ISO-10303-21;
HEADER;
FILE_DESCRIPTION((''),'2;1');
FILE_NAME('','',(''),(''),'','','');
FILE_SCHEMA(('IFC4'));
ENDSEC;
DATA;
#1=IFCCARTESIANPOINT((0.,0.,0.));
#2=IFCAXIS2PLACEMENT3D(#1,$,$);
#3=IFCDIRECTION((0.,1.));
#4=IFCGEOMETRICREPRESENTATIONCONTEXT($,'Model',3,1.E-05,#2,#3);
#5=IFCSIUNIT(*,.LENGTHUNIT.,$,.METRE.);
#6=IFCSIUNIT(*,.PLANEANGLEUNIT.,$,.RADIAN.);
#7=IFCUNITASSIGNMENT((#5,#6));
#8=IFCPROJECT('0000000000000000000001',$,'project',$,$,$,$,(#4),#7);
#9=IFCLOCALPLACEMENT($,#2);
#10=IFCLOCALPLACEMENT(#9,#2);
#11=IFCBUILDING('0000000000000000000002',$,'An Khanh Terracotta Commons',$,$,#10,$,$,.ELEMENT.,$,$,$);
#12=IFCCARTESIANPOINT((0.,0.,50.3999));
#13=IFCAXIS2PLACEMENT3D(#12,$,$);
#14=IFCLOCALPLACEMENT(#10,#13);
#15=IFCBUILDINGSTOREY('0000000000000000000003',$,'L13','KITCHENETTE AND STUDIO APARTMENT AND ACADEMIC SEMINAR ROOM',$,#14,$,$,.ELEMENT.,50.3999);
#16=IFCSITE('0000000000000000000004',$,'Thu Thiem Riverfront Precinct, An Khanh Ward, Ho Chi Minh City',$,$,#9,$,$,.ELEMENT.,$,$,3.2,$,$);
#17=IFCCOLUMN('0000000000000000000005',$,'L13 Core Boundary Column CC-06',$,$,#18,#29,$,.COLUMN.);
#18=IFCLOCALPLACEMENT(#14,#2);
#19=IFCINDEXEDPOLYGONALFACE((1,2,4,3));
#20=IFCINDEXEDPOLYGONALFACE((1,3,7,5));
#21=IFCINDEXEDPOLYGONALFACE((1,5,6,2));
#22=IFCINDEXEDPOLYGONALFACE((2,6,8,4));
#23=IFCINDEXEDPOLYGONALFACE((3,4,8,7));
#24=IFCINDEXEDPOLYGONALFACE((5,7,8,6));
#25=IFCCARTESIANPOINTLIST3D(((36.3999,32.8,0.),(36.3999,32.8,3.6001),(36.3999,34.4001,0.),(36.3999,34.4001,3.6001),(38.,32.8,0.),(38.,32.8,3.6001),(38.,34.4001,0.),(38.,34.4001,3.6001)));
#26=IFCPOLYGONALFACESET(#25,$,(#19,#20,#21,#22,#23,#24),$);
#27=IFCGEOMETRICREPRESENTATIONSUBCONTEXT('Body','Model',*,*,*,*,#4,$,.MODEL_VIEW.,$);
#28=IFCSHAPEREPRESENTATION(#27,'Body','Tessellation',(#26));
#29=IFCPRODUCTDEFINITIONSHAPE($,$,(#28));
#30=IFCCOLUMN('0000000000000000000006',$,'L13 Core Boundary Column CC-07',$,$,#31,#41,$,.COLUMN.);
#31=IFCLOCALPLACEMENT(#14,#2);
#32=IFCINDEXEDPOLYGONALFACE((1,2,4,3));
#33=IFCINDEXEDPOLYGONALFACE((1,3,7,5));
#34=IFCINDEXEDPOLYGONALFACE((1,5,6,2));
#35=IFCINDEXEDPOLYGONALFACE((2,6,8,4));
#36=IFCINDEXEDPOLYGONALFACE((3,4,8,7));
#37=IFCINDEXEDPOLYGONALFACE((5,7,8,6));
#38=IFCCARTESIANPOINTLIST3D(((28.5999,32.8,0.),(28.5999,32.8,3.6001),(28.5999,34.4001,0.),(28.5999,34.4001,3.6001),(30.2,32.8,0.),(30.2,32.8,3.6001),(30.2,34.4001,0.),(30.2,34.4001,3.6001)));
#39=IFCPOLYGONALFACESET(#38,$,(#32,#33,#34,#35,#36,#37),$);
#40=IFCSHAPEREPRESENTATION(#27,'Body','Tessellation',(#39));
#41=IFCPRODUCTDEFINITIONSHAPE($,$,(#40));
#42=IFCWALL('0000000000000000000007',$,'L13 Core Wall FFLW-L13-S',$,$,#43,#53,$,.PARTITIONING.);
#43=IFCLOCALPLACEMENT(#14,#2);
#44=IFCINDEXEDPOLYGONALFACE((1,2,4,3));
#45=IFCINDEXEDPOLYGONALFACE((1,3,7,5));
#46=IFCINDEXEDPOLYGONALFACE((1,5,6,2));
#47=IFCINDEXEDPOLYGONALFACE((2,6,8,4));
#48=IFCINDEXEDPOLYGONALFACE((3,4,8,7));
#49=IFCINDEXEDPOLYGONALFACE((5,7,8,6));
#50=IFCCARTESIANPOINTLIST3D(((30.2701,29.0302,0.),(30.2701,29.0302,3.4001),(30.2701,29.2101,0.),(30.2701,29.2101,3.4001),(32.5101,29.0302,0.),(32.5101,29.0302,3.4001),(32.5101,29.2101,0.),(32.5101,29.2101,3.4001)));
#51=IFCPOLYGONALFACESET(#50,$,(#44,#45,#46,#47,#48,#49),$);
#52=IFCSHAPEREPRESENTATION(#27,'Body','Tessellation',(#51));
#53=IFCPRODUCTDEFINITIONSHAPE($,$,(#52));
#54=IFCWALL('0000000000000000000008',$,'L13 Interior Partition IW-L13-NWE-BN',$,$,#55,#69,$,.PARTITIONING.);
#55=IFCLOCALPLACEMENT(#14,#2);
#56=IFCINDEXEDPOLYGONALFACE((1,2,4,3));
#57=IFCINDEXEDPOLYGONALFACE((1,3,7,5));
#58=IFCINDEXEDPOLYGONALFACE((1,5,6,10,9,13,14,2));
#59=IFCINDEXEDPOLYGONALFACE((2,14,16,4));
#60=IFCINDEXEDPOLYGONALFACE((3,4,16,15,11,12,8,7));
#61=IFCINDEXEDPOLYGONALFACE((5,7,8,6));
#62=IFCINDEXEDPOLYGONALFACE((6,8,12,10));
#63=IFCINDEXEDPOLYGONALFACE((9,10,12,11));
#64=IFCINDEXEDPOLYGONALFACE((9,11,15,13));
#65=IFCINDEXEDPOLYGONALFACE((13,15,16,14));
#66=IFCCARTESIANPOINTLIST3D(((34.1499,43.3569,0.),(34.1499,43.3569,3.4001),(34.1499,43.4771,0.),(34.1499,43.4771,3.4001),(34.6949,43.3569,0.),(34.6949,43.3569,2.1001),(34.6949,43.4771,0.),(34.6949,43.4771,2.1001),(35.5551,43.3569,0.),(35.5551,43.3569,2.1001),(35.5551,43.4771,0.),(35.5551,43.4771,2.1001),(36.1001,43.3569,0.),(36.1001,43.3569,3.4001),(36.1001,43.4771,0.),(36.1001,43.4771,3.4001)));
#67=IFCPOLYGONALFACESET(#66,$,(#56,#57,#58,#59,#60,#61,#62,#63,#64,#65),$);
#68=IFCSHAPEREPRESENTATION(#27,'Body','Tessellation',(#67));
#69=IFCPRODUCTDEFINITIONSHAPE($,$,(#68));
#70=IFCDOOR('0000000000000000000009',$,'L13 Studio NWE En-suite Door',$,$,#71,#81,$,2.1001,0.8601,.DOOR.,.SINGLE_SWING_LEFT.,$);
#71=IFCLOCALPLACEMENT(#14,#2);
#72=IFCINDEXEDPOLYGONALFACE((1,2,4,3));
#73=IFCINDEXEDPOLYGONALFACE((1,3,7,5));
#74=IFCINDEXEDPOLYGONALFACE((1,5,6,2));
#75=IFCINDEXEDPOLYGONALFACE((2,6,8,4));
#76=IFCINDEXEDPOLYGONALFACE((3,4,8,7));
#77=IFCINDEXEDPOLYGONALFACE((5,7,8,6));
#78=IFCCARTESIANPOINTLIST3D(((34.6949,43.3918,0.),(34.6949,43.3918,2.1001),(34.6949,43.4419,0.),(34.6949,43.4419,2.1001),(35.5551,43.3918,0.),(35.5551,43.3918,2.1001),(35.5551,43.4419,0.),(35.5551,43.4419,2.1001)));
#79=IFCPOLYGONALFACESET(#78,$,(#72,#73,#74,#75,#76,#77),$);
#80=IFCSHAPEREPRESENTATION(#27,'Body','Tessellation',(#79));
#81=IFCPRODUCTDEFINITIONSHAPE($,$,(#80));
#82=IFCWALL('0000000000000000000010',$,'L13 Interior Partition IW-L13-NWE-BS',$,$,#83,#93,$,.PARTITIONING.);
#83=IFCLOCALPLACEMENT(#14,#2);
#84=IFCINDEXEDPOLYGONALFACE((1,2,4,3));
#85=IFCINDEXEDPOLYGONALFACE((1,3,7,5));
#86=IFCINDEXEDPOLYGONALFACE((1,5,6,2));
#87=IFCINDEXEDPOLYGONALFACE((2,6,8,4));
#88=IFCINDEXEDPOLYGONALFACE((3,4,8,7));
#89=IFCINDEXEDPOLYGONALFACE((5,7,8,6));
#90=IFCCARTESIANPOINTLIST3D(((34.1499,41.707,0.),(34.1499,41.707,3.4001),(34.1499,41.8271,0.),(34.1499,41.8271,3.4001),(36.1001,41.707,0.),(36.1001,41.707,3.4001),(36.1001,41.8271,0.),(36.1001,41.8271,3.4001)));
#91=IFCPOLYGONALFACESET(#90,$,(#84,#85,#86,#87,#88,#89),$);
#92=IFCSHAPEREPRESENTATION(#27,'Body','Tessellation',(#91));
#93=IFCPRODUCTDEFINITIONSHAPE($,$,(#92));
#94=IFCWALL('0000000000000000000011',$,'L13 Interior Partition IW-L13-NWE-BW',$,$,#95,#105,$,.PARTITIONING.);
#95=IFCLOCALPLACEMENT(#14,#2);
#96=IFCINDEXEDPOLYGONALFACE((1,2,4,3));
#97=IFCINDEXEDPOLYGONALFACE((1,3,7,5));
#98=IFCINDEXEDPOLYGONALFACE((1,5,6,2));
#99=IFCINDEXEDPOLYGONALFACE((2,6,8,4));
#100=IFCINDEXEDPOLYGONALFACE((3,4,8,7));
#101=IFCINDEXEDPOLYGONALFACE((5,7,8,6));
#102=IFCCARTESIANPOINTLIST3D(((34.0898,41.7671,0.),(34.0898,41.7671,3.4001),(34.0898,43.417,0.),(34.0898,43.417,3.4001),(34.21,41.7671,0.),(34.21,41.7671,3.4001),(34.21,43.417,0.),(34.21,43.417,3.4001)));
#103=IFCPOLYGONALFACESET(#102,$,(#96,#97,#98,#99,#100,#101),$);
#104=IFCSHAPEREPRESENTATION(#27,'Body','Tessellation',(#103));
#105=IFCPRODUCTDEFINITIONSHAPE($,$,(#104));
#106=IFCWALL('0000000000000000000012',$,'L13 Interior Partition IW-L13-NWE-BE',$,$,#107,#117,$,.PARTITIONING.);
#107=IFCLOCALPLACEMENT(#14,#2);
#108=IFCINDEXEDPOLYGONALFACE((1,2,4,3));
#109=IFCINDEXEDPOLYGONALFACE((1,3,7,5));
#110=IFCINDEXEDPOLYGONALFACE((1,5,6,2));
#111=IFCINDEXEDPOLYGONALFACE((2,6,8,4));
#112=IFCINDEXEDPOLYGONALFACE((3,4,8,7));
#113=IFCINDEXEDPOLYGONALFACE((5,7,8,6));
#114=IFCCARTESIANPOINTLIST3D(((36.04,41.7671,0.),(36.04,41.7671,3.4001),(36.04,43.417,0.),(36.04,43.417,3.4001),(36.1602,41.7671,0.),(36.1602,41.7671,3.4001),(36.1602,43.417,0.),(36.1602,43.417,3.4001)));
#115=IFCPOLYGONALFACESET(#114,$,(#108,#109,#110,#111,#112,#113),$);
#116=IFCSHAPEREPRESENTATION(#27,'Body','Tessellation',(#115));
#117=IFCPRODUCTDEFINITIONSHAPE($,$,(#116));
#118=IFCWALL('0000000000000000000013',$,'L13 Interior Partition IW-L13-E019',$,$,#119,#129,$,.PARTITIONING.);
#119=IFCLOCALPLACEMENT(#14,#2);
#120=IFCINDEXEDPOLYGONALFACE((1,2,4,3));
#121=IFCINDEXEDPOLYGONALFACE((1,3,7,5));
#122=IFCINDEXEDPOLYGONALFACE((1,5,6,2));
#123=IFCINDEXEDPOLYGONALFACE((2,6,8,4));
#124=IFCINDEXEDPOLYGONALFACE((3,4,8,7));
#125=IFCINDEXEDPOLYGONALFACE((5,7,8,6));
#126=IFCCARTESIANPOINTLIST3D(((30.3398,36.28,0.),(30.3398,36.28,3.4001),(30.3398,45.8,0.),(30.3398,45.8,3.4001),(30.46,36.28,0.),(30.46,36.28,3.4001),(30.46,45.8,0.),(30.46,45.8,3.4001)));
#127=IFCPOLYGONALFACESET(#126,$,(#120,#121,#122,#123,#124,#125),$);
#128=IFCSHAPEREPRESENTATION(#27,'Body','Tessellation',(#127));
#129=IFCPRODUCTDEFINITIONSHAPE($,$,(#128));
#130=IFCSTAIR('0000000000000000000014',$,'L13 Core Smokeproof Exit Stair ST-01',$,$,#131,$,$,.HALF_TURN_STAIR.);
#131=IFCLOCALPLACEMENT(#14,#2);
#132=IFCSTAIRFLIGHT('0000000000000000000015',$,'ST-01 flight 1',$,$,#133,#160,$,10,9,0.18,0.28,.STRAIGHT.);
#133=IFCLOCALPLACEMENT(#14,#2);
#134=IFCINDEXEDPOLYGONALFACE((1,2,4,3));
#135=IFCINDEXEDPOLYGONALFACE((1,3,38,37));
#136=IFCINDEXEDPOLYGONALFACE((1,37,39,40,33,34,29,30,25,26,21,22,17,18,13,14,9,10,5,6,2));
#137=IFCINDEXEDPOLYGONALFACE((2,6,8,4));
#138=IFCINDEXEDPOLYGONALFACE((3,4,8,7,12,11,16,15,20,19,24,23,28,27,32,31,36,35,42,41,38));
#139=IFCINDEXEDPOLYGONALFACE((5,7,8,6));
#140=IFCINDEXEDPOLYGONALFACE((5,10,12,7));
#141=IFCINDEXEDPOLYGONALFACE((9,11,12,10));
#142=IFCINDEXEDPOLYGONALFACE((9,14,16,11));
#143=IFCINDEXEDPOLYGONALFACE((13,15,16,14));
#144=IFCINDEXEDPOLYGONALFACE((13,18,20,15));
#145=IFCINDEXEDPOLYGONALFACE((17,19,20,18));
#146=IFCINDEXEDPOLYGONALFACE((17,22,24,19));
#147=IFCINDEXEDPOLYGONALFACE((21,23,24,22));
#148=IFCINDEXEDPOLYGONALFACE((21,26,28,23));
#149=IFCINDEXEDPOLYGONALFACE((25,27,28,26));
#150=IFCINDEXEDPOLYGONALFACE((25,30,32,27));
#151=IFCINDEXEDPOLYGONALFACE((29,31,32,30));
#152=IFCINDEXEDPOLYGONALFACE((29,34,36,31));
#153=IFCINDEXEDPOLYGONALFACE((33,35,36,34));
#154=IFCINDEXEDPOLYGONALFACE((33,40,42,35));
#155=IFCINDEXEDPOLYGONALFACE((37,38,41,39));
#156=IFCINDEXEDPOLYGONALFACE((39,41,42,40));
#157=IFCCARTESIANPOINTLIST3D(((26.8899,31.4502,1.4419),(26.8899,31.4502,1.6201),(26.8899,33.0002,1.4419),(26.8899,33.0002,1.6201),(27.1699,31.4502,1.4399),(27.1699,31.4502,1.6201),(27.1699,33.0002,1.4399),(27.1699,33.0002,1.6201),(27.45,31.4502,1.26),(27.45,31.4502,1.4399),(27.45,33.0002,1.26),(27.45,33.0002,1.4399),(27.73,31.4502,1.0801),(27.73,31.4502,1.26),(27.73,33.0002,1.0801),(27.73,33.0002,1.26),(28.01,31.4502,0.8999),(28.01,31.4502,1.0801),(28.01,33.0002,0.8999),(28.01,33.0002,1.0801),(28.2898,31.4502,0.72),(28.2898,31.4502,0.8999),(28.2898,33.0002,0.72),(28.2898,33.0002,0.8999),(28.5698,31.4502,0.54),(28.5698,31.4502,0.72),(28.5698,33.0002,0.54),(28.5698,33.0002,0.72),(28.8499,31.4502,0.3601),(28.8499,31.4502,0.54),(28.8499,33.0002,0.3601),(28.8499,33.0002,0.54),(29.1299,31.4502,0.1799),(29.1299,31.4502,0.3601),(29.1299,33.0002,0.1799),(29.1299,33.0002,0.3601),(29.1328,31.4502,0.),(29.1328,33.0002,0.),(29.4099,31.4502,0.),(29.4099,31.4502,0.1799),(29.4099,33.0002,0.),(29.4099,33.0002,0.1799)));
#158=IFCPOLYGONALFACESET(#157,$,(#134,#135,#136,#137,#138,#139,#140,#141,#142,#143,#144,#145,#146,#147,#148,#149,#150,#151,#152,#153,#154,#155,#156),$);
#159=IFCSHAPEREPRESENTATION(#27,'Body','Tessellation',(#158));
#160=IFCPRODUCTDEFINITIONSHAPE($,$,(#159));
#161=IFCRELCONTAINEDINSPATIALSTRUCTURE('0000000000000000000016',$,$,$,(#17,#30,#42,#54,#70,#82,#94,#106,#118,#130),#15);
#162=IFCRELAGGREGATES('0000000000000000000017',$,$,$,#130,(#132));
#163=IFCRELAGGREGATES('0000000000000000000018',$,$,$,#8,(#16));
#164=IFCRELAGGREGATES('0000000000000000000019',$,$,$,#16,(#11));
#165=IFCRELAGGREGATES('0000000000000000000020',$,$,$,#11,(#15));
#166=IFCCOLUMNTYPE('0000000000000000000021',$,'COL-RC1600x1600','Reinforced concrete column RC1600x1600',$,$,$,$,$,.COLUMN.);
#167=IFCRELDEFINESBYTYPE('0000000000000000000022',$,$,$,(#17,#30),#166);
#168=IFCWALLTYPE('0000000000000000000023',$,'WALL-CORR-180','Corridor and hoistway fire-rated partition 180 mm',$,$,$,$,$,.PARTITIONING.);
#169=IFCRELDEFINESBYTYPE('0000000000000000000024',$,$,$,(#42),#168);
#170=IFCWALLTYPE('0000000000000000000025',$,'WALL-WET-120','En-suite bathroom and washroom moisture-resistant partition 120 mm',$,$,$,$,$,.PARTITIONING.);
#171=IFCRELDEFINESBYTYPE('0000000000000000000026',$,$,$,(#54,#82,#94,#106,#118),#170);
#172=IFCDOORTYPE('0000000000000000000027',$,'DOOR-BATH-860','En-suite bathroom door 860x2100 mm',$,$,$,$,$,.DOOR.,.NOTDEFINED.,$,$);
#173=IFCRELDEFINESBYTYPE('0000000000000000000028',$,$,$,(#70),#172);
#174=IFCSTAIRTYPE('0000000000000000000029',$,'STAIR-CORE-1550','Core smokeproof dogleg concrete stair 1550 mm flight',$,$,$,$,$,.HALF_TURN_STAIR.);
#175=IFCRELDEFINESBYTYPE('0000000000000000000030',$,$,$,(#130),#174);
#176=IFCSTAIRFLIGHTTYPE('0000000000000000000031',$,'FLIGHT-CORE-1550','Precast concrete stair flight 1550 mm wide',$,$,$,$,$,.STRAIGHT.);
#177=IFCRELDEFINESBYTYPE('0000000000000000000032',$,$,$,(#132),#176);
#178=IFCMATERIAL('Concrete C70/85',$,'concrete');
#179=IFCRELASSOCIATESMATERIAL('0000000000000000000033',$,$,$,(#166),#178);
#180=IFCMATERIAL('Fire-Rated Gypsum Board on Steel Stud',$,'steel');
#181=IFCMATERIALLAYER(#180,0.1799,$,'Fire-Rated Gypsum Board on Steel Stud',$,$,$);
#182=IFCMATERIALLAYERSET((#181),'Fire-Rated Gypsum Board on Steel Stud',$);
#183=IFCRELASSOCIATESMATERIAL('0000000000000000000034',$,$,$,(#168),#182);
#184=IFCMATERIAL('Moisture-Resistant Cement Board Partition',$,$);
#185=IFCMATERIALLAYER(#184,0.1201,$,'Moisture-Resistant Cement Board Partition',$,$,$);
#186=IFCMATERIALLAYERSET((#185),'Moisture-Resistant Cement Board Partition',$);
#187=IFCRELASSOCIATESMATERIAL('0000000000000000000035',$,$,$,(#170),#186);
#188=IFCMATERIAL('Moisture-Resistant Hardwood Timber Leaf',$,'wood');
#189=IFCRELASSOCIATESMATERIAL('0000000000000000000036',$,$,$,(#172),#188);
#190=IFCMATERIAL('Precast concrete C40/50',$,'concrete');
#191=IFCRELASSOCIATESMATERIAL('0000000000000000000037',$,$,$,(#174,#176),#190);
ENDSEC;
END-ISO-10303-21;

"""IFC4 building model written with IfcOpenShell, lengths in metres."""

from ifc_helpers import new_model, si_unit, direction, frame, frame_2d, origin, origin_2d, place, context, subcontext, project, spatial, polyline, rectangle, outline, extrude, material, layer, layer_set, material_profile, profile_set, type_object, element, fill, aggregate, save


model = new_model("IFC4")

# Units and contexts
model_context = context("Model", 3, precision=1e-05, world=origin(), true_north=direction((0.0, 1.0)))
body_context = subcontext(model_context, "Body", "Model", "MODEL_VIEW")
ifc_project = project(units=[si_unit("LENGTHUNIT", "METRE"), si_unit("PLANEANGLEUNIT", "RADIAN")], contexts=[model_context])

# Site, building, storey
site_placement = place(None, origin())
site = spatial("IfcSite", under=ifc_project, at=site_placement, Name="Thu Thiem Riverfront Precinct, An Khanh Ward, Ho Chi Minh City", CompositionType="ELEMENT", RefElevation=3.2)
building_placement = place(site_placement, origin())
building = spatial("IfcBuilding", under=site, at=building_placement, Name="An Khanh Terracotta Commons", CompositionType="ELEMENT")
storey_placement = place(building_placement, frame((0.0, 0.0, 50.3999)))
storey = spatial("IfcBuildingStorey", under=building, at=storey_placement, Name="L13", Description="KITCHENETTE AND STUDIO APARTMENT AND ACADEMIC SEMINAR ROOM", CompositionType="ELEMENT", Elevation=50.3999)

# Columns
ifc_material_1 = material(Name="Concrete C70/85", Category="concrete")
ifc_material_profile = material_profile(ifc_material_1, rectangle(XDim=1.6001, YDim=1.6001, at=origin_2d()), Name="RC1600x1600")
ifc_profile_set = profile_set([ifc_material_profile], Name="Concrete C70/85")
column_type = type_object("IfcColumnType", Name="COL-RC1600x1600", Description="Reinforced concrete column RC1600x1600", PredefinedType="COLUMN", material=ifc_profile_set)
for number, where, z_axis, x_axis, name in (
    (1, (37.2, 33.6001, 0.0), (0.0, 0.0, 1.0), (1.0, 0.0, 0.0), "L13 Core Boundary Column CC-06"),
    (2, (29.3999, 33.6001, 0.0), (0.0, 0.0, 1.0), (1.0, 0.0, 0.0), "L13 Core Boundary Column CC-07"),
):
    element("IfcColumn", number, at=place(storey_placement, frame(where, z_axis=z_axis, x_axis=x_axis)), inside=storey, type_object=column_type, Name=name, PredefinedType="COLUMN", context=body_context, shape_type="SweptSolid", body=[
        extrude(rectangle(XDim=1.6001, YDim=1.6001, at=origin_2d()), origin(), (0.0, 0.0, 1.0), 3.6001),
    ])

# Wall
ifc_material_2 = material(Name="Fire-Rated Gypsum Board on Steel Stud", Category="steel")
ifc_layer_1 = layer(ifc_material_2, 0.1799, Name="Fire-Rated Gypsum Board on Steel Stud")
ifc_layer_set_1 = layer_set([ifc_layer_1], Name="Fire-Rated Gypsum Board on Steel Stud")
wall_type_1 = type_object("IfcWallType", Name="WALL-CORR-180", Description="Corridor and hoistway fire-rated partition 180 mm", PredefinedType="PARTITIONING", material=ifc_layer_set_1)
wall_1_placement = place(storey_placement, frame((30.27, 29.1201, 0.0), z_axis=(0.0, 0.0, 1.0), x_axis=(1.0, 0.0, 0.0)))
element("IfcWall", 3, at=wall_1_placement, inside=storey, type_object=wall_type_1, Name="L13 Core Wall FFLW-L13-S", PredefinedType="PARTITIONING", context=body_context, shape_type="SweptSolid", body=[
    extrude(rectangle(XDim=2.24, YDim=0.1799, at=frame_2d((1.1201, 0.0))), origin(), (0.0, 0.0, 1.0), 3.4001),
])

# Wall, opening, door
ifc_material_3 = material(Name="Moisture-Resistant Cement Board Partition")
ifc_layer_2 = layer(ifc_material_3, 0.1201, Name="Moisture-Resistant Cement Board Partition")
ifc_layer_set_2 = layer_set([ifc_layer_2], Name="Moisture-Resistant Cement Board Partition")
wall_type_2 = type_object("IfcWallType", Name="WALL-WET-120", Description="En-suite bathroom and washroom moisture-resistant partition 120 mm", PredefinedType="PARTITIONING", material=ifc_layer_set_2)
wall_2_placement = place(storey_placement, frame((34.1499, 43.417, 0.0), z_axis=(0.0, 0.0, 1.0), x_axis=(1.0, 0.0, 0.0)))
wall_2 = element("IfcWall", 4, at=wall_2_placement, inside=storey, type_object=wall_type_2, Name="L13 Interior Partition IW-L13-NWE-BN", PredefinedType="PARTITIONING", context=body_context, shape_type="SweptSolid", body=[
    extrude(rectangle(XDim=1.9502, YDim=0.1201, at=frame_2d((0.9751, 0.0))), origin(), (0.0, 0.0, 1.0), 3.4001),
])
opening_1_placement = place(wall_2_placement, frame((0.5449, 0.0, 0.0)))
opening_1 = element("IfcOpeningElement", 5, at=opening_1_placement, cuts=wall_2, PredefinedType="OPENING", context=body_context, shape_type="SweptSolid", body=[
    extrude(rectangle(XDim=0.8601, YDim=2.1001, at=frame_2d((0.4302, 1.05))), frame((0.0, 0.0701, 0.0), z_axis=(0.0, -1.0, 0.0), x_axis=(1.0, 0.0, 0.0)), (0.0, 0.0, 1.0), 0.1401),
])
ifc_material_4 = material(Name="Moisture-Resistant Hardwood Timber Leaf", Category="wood")
door_type_1 = type_object("IfcDoorType", Name="DOOR-BATH-860", Description="En-suite bathroom door 860x2100 mm", OperationType="NOTDEFINED", PredefinedType="DOOR", material=ifc_material_4)
door_1_placement = place(opening_1_placement, origin())
door_1 = element("IfcDoor", 6, at=door_1_placement, inside=storey, type_object=door_type_1, Name="L13 Studio NWE En-suite Door", OperationType="SINGLE_SWING_LEFT", OverallHeight=2.1001, OverallWidth=0.8601, PredefinedType="DOOR", context=body_context, shape_type="SweptSolid", body=[
    extrude(rectangle(XDim=0.8601, YDim=2.1001, at=frame_2d((0.4302, 1.05))), frame((0.0, 0.0249, 0.0), z_axis=(0.0, -1.0, 0.0), x_axis=(1.0, 0.0, 0.0)), (0.0, 0.0, 1.0), 0.05),
])
fill(opening_1, door_1)

# Walls
wall_3_placement = place(storey_placement, frame((36.1001, 41.7671, 0.0), z_axis=(0.0, 0.0, 1.0), x_axis=(-1.0, 0.0, 0.0)))
element("IfcWall", 7, at=wall_3_placement, inside=storey, type_object=wall_type_2, Name="L13 Interior Partition IW-L13-NWE-BS", PredefinedType="PARTITIONING", context=body_context, shape_type="SweptSolid", body=[
    extrude(rectangle(XDim=1.9502, YDim=0.1201, at=frame_2d((0.9751, 0.0))), origin(), (0.0, 0.0, 1.0), 3.4001),
])
for number, where, z_axis, x_axis, name in (
    (8, (34.1499, 43.417, 0.0), (0.0, 0.0, 1.0), (0.0, -1.0, 0.0), "L13 Interior Partition IW-L13-NWE-BW"),
    (9, (36.1001, 41.7671, 0.0), (0.0, 0.0, 1.0), (0.0, 1.0, 0.0), "L13 Interior Partition IW-L13-NWE-BE"),
):
    element("IfcWall", number, at=place(storey_placement, frame(where, z_axis=z_axis, x_axis=x_axis)), inside=storey, type_object=wall_type_2, Name=name, PredefinedType="PARTITIONING", context=body_context, shape_type="SweptSolid", body=[
        extrude(rectangle(XDim=1.6499, YDim=0.1201, at=frame_2d((0.825, 0.0))), origin(), (0.0, 0.0, 1.0), 3.4001),
    ])
wall_4_placement = place(storey_placement, frame((30.3999, 36.28, 0.0), z_axis=(0.0, 0.0, 1.0), x_axis=(0.0, 1.0, 0.0)))
element("IfcWall", 10, at=wall_4_placement, inside=storey, type_object=wall_type_2, Name="L13 Interior Partition IW-L13-E019", PredefinedType="PARTITIONING", context=body_context, shape_type="SweptSolid", body=[
    extrude(rectangle(XDim=9.52, YDim=0.1201, at=frame_2d((4.76, 0.0))), origin(), (0.0, 0.0, 1.0), 3.4001),
])

# Stair, stair flight
ifc_material_5 = material(Name="Precast concrete C40/50", Category="concrete")
stair_type = type_object("IfcStairType", Name="STAIR-CORE-1550", Description="Core smokeproof dogleg concrete stair 1550 mm flight", PredefinedType="HALF_TURN_STAIR", material=ifc_material_5)
stair_placement = place(storey_placement, origin())
stair = element("IfcStair", 11, at=stair_placement, inside=storey, type_object=stair_type, Name="L13 Core Smokeproof Exit Stair ST-01", PredefinedType="HALF_TURN_STAIR")
stair_flight_type = type_object("IfcStairFlightType", Name="FLIGHT-CORE-1550", Description="Precast concrete stair flight 1550 mm wide", PredefinedType="STRAIGHT", material=ifc_material_5)
stair_flight_1_placement = place(storey_placement, frame((29.4099, 32.2251, 0.0), z_axis=(0.0, 0.0, 1.0), x_axis=(-1.0, 0.0, 0.0)))
stair_flight_1 = element("IfcStairFlight", 12, at=stair_flight_1_placement, type_object=stair_flight_type, Name="ST-01 flight 1", NumberOfRisers=10, NumberOfTreads=9, PredefinedType="STRAIGHT", RiserHeight=0.18, TreadLength=0.28, context=body_context, shape_type="SweptSolid", body=[
    extrude(outline(polyline([(0.0, 0.0), (0.0, 0.1799), (0.28, 0.1799), (0.28, 0.3601), (0.5601, 0.3601), (0.5601, 0.54), (0.8401, 0.54), (0.8401, 0.72), (1.1201, 0.72), (1.1201, 0.8999), (1.3999, 0.8999), (1.3999, 1.0801), (1.6799, 1.0801), (1.6799, 1.26), (1.96, 1.26), (1.96, 1.4399), (2.24, 1.4399), (2.24, 1.6201), (2.52, 1.6201), (2.52, 1.8), (2.52, 1.4419), (0.2771, 0.0), (0.0, 0.0)])), frame((0.0, 0.7749, 0.0), z_axis=(0.0, -1.0, 0.0), x_axis=(1.0, 0.0, 0.0)), (0.0, 0.0, 1.0), 1.55),
])
aggregate(stair, [stair_flight_1])

save(model, "model.ifc")
